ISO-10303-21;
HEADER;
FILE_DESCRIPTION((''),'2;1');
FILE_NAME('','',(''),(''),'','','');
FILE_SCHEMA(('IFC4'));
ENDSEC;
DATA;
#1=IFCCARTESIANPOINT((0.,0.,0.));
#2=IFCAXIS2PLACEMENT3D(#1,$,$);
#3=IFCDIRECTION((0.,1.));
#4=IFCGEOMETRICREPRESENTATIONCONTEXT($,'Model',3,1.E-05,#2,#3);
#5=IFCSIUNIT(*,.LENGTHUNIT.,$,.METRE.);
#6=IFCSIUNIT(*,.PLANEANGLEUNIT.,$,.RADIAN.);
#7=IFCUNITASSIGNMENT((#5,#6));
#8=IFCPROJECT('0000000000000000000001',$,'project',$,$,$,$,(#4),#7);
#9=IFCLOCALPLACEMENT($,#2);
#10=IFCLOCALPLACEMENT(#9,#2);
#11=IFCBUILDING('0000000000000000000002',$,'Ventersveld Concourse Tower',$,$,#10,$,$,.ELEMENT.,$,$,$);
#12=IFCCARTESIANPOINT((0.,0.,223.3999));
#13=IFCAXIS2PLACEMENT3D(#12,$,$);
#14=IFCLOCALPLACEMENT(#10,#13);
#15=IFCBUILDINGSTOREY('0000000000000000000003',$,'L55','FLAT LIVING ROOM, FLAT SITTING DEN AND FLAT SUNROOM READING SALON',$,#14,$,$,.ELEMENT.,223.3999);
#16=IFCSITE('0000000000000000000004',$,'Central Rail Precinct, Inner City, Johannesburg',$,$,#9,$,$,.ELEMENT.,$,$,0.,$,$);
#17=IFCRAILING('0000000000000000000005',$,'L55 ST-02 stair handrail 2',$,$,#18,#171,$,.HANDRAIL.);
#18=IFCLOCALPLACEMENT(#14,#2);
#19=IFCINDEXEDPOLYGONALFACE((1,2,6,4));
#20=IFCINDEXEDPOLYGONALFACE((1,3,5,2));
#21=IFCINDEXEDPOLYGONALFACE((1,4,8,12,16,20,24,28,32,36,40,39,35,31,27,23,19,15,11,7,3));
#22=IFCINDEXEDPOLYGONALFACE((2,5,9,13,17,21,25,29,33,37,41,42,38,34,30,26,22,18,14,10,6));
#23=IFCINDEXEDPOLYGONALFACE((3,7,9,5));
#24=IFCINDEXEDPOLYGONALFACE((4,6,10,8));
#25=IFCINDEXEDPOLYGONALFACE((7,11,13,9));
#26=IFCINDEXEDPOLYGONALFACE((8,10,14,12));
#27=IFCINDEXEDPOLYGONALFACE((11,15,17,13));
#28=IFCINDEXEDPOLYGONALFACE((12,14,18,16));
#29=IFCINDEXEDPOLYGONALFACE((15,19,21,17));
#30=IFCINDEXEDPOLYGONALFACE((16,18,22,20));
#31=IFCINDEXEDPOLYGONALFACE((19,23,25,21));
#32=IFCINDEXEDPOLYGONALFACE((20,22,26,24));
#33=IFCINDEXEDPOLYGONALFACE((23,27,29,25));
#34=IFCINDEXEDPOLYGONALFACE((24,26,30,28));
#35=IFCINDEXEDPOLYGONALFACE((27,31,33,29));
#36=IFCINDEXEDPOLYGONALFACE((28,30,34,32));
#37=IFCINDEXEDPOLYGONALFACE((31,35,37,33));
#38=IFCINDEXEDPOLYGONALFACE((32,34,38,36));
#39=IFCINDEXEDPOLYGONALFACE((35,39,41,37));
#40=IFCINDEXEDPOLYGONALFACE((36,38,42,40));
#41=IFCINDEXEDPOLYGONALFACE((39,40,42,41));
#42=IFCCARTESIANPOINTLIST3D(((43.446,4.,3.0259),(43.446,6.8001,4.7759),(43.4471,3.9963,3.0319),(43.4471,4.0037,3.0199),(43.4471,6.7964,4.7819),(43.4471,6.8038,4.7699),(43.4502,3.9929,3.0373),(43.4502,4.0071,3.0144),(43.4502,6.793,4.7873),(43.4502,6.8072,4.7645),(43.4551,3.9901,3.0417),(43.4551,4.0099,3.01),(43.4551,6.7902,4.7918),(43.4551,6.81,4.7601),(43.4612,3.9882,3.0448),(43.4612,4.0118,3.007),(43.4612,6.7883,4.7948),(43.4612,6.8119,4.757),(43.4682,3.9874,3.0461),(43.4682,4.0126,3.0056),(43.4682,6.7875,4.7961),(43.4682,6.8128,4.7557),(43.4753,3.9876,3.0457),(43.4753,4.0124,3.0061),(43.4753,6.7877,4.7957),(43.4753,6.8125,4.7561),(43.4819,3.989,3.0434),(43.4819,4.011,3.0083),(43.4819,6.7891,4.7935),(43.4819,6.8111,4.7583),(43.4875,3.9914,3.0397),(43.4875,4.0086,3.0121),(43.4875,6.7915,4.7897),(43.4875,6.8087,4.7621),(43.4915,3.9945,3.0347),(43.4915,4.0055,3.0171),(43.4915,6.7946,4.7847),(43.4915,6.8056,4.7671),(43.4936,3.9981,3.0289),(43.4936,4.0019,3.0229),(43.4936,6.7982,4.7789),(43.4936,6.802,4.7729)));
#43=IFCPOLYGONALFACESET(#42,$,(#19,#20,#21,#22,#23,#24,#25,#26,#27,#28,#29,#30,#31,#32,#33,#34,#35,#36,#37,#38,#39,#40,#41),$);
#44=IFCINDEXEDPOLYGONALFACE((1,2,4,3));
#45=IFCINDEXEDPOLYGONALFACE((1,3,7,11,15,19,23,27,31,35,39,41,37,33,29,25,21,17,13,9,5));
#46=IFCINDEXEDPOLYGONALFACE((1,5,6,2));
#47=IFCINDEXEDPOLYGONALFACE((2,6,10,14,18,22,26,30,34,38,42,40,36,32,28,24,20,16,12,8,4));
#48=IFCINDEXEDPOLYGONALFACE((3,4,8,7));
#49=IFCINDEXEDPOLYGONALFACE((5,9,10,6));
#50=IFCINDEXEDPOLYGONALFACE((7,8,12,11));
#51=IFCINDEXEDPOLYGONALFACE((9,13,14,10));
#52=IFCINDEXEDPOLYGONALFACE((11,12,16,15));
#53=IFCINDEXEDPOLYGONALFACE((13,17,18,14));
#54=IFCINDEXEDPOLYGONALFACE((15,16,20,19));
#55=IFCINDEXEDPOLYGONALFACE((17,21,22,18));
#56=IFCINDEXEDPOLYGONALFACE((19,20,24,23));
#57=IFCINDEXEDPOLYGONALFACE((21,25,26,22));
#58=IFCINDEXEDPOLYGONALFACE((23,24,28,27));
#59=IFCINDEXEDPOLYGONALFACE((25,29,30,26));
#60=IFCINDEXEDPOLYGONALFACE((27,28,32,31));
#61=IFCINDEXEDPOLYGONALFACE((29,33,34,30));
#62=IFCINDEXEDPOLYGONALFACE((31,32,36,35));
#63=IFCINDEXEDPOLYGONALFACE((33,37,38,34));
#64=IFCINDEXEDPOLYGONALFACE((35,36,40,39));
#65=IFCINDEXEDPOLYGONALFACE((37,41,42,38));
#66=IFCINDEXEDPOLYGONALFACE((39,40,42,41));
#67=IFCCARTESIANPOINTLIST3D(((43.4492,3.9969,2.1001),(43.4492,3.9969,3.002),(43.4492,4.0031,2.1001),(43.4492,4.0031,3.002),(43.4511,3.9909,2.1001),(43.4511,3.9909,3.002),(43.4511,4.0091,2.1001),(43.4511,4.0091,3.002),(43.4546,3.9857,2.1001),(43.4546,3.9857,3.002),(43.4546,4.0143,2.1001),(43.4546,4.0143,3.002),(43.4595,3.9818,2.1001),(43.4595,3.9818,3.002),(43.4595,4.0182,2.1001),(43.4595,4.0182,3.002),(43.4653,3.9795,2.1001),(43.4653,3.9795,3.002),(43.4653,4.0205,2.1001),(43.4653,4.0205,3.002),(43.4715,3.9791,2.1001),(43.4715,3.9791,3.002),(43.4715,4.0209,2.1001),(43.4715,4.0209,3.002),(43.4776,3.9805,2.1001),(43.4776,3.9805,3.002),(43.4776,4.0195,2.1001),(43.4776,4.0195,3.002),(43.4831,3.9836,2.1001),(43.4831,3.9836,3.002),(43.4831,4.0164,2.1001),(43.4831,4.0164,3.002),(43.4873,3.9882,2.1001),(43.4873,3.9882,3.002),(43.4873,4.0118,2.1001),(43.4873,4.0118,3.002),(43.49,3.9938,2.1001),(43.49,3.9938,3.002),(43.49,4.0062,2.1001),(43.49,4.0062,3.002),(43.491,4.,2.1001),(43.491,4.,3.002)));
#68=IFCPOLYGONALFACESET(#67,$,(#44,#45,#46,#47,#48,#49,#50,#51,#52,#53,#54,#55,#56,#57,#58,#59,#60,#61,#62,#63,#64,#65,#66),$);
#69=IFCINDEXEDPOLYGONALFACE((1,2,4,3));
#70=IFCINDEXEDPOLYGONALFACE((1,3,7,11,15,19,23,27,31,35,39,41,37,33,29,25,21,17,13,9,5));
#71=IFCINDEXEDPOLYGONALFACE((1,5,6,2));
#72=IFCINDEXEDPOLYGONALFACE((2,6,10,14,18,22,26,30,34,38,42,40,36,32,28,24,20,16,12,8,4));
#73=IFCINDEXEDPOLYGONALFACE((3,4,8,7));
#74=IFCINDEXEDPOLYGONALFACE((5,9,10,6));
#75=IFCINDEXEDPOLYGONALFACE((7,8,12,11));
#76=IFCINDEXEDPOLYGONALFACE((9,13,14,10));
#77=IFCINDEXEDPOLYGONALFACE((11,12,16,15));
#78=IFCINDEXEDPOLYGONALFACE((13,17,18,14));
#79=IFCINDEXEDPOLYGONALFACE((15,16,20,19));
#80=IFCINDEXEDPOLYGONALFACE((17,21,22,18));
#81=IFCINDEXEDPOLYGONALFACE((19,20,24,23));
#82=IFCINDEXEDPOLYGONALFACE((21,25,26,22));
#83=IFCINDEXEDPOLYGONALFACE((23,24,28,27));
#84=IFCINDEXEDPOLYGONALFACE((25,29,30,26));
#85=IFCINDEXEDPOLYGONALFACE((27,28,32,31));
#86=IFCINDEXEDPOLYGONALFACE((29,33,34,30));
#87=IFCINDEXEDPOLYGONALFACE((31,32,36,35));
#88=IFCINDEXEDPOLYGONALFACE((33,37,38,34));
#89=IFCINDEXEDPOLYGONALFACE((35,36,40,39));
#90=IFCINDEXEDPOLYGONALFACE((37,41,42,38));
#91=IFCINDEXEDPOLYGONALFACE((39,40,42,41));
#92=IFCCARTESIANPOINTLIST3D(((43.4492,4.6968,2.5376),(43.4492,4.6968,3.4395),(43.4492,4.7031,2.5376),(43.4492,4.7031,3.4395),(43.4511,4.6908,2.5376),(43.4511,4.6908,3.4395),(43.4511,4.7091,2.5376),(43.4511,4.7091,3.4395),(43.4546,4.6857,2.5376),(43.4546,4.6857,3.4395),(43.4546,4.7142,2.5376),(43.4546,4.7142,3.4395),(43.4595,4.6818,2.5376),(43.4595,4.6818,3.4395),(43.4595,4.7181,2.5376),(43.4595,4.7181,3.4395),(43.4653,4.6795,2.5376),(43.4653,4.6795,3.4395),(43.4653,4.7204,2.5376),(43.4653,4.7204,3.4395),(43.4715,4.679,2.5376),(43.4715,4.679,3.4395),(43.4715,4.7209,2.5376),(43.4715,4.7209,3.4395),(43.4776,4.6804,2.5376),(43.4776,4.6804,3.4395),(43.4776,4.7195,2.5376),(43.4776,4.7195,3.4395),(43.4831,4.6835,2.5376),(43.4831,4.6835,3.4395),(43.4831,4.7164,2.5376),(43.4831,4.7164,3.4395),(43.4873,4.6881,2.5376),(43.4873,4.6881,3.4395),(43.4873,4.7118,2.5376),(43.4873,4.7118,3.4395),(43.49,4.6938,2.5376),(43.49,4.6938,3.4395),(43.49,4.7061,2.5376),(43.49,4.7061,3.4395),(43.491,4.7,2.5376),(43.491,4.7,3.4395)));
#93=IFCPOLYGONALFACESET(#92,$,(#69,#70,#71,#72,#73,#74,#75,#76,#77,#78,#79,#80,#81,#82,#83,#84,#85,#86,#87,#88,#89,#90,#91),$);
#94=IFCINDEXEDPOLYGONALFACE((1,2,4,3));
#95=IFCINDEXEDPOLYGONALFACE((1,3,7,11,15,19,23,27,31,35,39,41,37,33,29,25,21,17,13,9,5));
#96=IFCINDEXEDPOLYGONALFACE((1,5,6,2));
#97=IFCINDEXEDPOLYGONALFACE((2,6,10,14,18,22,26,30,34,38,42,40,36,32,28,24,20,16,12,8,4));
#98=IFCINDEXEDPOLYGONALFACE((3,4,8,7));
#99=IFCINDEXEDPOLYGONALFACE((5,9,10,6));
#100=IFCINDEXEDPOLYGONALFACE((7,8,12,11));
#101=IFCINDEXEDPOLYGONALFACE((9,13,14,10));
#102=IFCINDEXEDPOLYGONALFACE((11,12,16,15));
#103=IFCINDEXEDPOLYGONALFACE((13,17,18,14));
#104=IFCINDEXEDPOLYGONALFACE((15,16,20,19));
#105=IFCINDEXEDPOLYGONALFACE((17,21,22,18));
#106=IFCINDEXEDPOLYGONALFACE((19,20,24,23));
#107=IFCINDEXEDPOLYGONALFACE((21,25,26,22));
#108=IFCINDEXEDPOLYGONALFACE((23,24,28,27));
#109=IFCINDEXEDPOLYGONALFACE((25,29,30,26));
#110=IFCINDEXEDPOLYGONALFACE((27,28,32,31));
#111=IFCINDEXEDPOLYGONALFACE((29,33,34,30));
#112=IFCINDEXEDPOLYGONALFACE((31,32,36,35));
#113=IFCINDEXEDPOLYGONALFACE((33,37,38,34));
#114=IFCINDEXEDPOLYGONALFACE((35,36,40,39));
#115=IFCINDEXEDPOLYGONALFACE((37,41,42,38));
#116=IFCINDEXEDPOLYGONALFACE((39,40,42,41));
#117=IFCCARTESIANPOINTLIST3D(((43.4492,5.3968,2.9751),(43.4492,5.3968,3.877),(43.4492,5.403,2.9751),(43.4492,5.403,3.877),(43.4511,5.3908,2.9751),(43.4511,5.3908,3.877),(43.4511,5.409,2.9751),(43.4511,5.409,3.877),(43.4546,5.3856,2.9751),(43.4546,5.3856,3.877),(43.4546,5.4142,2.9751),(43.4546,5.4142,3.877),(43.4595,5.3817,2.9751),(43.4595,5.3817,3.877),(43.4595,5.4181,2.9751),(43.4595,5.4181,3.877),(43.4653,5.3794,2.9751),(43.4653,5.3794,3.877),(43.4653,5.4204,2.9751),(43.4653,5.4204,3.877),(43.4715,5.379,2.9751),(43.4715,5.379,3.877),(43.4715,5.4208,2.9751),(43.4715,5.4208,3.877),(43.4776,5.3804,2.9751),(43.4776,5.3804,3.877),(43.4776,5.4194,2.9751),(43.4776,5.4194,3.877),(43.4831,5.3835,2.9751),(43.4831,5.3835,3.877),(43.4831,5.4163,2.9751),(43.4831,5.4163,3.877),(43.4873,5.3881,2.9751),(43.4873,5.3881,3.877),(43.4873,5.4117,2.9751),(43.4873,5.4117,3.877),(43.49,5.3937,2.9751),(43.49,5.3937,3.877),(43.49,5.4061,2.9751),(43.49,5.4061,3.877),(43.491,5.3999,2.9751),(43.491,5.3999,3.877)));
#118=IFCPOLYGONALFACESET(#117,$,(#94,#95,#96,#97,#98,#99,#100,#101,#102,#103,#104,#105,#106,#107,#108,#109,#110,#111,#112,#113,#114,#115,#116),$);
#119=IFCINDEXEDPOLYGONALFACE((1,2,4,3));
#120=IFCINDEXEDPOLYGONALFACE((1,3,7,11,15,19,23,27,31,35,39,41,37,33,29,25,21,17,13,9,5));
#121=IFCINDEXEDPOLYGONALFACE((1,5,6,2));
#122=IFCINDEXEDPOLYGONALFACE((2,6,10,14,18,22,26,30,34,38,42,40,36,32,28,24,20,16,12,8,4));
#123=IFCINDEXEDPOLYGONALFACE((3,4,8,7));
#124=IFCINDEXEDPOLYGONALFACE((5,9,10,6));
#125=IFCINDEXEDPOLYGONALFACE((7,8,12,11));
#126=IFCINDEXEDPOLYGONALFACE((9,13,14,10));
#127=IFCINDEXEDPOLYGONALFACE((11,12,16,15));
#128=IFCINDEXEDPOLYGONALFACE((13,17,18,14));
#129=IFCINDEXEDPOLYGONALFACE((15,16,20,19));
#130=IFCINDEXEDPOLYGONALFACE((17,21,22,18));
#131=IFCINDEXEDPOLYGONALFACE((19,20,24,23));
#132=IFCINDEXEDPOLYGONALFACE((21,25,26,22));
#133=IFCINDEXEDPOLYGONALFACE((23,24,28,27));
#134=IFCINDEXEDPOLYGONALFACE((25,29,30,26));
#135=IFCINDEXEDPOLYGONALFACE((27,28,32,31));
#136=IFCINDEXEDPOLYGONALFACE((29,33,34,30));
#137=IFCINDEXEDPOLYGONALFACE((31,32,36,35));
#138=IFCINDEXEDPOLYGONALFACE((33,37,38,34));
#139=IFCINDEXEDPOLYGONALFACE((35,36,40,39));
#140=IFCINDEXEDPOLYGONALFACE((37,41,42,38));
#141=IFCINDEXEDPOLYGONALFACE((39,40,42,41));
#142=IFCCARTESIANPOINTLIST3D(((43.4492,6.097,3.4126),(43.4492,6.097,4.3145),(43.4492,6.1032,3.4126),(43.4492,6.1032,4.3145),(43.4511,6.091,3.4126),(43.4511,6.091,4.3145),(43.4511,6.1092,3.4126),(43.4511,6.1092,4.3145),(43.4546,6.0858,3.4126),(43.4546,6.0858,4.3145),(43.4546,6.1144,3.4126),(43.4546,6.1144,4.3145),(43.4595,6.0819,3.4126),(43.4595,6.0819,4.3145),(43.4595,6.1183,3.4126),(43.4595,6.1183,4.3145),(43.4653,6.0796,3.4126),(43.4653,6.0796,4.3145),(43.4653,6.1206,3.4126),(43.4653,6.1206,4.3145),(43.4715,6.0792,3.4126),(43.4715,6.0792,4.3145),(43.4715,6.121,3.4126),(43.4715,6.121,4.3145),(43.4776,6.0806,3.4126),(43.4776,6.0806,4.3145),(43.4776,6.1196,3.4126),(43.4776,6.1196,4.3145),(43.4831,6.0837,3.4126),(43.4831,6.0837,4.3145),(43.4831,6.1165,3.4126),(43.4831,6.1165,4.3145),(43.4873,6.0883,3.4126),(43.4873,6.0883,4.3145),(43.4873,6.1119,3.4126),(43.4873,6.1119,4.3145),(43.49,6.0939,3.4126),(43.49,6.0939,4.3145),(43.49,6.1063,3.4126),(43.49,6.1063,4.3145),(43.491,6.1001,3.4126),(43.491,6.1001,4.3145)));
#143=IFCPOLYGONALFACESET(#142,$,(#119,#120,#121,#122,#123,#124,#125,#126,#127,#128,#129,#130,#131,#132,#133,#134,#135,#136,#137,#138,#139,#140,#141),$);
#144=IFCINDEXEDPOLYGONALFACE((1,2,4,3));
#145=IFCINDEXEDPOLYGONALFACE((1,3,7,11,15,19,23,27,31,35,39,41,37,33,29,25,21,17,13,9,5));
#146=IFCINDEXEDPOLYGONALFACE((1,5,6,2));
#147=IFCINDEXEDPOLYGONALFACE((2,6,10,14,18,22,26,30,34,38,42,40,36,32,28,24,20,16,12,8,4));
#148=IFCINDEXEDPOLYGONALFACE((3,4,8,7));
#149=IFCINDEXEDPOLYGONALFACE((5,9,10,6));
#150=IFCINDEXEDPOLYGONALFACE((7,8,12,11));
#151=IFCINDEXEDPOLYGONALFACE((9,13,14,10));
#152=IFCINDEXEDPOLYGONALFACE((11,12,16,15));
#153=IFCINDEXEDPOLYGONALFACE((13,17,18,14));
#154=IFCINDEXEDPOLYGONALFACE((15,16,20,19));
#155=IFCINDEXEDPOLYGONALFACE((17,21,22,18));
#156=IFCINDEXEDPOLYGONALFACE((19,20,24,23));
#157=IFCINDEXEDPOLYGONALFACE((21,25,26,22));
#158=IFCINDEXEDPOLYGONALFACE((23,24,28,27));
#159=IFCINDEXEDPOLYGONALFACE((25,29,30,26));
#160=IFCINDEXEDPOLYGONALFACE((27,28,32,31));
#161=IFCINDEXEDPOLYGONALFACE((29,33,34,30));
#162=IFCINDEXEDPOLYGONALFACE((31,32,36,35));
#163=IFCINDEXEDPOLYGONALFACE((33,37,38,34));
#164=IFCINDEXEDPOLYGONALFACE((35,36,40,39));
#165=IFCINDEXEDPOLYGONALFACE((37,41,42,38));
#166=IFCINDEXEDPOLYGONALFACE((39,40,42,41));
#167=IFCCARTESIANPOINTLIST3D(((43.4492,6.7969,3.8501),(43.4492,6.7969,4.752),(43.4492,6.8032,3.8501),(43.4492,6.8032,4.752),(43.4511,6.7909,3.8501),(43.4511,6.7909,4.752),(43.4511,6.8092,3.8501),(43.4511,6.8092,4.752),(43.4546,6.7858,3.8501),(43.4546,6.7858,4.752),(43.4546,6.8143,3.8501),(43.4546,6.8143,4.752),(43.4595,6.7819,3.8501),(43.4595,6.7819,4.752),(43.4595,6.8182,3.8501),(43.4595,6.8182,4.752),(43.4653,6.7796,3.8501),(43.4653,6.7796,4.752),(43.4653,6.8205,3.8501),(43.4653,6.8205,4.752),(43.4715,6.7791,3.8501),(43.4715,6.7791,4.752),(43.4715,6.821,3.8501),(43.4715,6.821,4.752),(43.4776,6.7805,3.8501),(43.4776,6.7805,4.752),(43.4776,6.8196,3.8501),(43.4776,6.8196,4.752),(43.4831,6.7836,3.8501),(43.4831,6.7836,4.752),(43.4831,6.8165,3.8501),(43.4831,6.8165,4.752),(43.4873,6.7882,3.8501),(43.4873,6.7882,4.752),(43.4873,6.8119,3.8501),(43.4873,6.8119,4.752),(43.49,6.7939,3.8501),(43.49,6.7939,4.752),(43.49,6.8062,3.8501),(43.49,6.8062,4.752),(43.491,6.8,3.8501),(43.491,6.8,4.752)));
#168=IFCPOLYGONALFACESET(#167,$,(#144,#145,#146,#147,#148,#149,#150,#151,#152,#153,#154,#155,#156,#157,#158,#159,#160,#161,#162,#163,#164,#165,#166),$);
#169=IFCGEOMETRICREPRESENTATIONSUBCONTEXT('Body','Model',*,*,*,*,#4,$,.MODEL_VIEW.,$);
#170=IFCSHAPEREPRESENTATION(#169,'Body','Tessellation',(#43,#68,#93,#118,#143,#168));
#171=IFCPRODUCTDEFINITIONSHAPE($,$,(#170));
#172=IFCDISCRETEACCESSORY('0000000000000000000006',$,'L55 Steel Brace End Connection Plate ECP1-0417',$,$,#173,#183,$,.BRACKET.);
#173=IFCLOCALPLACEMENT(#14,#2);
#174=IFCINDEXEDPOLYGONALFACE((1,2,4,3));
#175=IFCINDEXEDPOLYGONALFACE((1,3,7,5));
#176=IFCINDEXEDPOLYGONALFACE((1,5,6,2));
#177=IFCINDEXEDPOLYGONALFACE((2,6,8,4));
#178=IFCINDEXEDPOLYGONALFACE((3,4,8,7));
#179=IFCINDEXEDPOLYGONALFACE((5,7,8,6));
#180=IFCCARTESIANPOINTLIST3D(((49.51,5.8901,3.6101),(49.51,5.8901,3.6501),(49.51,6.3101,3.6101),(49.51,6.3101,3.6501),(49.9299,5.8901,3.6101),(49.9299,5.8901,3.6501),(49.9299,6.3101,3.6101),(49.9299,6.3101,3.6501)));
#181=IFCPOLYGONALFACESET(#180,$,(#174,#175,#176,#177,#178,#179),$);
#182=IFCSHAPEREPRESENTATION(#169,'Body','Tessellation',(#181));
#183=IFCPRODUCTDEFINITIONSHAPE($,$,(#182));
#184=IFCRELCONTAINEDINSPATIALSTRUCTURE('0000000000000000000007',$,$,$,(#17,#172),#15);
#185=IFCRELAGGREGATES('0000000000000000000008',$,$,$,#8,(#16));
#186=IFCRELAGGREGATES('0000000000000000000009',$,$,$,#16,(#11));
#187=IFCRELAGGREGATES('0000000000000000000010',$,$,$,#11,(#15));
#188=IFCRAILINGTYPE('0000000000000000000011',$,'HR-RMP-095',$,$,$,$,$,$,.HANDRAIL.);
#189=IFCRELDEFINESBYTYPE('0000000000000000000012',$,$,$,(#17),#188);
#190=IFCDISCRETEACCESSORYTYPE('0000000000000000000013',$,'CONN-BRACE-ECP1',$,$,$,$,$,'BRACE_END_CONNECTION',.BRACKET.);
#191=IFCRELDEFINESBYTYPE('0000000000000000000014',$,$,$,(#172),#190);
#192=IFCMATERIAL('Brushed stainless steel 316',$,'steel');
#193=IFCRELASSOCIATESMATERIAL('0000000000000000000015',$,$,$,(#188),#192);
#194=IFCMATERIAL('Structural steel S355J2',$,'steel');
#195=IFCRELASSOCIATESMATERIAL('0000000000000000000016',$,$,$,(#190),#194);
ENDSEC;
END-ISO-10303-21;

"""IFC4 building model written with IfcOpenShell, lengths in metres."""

from ifc_helpers import new_model, si_unit, direction, frame, origin, origin_2d, place, context, subcontext, project, spatial, rectangle, circle, extrude, material, type_object, element, save


model = new_model("IFC4")

# Units and contexts
model_context = context("Model", 3, precision=1e-05, world=origin(), true_north=direction((0.0, 1.0)))
body_context = subcontext(model_context, "Body", "Model", "MODEL_VIEW")
ifc_project = project(units=[si_unit("LENGTHUNIT", "METRE"), si_unit("PLANEANGLEUNIT", "RADIAN")], contexts=[model_context])

# Site, building, storey
site_placement = place(None, origin())
site = spatial("IfcSite", under=ifc_project, at=site_placement, Name="Central Rail Precinct, Inner City, Johannesburg", CompositionType="ELEMENT", RefElevation=0.0)
building_placement = place(site_placement, origin())
building = spatial("IfcBuilding", under=site, at=building_placement, Name="Ventersveld Concourse Tower", CompositionType="ELEMENT")
storey_placement = place(building_placement, frame((0.0, 0.0, 223.3999)))
storey = spatial("IfcBuildingStorey", under=building, at=storey_placement, Name="L55", Description="FLAT LIVING ROOM, FLAT SITTING DEN AND FLAT SUNROOM READING SALON", CompositionType="ELEMENT", Elevation=223.3999)

# Shared definitions
ifc_material_1 = material(Name="Structural steel S355J2", Category="steel")

# Railing
ifc_material_2 = material(Name="Brushed stainless steel 316", Category="steel")
railing_type_1 = type_object("IfcRailingType", Name="HR-RMP-095", PredefinedType="HANDRAIL", material=ifc_material_2)
railing_1_placement = place(storey_placement, frame((43.47, 4.0, 2.1001)))
element("IfcRailing", 1, at=railing_1_placement, inside=storey, type_object=railing_type_1, Name="L55 ST-02 stair handrail 2", PredefinedType="HANDRAIL", context=body_context, shape_type="SweptSolid", body=[
    extrude(circle(Radius=0.0239, at=origin_2d()), frame((0.0, 0.0, 0.9258), z_axis=(0.0, 0.848002, 0.529992), x_axis=(-1.0, 0.0, 0.0)), (0.0, 0.0, 1.0), 3.302),
    extrude(circle(Radius=0.021, at=origin_2d()), origin(), (0.0, 0.0, 1.0), 0.9019),
    extrude(circle(Radius=0.021, at=origin_2d()), frame((0.0, 0.7, 0.4375)), (0.0, 0.0, 1.0), 0.9019),
    extrude(circle(Radius=0.021, at=origin_2d()), frame((0.0, 1.3999, 0.875)), (0.0, 0.0, 1.0), 0.9019),
    extrude(circle(Radius=0.021, at=origin_2d()), frame((0.0, 2.1001, 1.3125)), (0.0, 0.0, 1.0), 0.9019),
    extrude(circle(Radius=0.021, at=origin_2d()), frame((0.0, 2.8, 1.75)), (0.0, 0.0, 1.0), 0.9019),
])

# Discrete accessory
discrete_accessory_type = type_object("IfcDiscreteAccessoryType", Name="CONN-BRACE-ECP1", ElementType="BRACE_END_CONNECTION", PredefinedType="BRACKET", material=ifc_material_1)
discrete_accessory_placement = place(storey_placement, frame((49.72, 6.1001, 3.6101), z_axis=(0.0, 0.0, 1.0), x_axis=(1.0, 0.0, 0.0)))
element("IfcDiscreteAccessory", 2, at=discrete_accessory_placement, inside=storey, type_object=discrete_accessory_type, Name="L55 Steel Brace End Connection Plate ECP1-0417", PredefinedType="BRACKET", context=body_context, shape_type="SweptSolid", body=[
    extrude(rectangle(XDim=0.4199, YDim=0.4199, at=origin_2d()), origin(), (0.0, 0.0, 1.0), 0.04),
])

save(model, "model.ifc")
